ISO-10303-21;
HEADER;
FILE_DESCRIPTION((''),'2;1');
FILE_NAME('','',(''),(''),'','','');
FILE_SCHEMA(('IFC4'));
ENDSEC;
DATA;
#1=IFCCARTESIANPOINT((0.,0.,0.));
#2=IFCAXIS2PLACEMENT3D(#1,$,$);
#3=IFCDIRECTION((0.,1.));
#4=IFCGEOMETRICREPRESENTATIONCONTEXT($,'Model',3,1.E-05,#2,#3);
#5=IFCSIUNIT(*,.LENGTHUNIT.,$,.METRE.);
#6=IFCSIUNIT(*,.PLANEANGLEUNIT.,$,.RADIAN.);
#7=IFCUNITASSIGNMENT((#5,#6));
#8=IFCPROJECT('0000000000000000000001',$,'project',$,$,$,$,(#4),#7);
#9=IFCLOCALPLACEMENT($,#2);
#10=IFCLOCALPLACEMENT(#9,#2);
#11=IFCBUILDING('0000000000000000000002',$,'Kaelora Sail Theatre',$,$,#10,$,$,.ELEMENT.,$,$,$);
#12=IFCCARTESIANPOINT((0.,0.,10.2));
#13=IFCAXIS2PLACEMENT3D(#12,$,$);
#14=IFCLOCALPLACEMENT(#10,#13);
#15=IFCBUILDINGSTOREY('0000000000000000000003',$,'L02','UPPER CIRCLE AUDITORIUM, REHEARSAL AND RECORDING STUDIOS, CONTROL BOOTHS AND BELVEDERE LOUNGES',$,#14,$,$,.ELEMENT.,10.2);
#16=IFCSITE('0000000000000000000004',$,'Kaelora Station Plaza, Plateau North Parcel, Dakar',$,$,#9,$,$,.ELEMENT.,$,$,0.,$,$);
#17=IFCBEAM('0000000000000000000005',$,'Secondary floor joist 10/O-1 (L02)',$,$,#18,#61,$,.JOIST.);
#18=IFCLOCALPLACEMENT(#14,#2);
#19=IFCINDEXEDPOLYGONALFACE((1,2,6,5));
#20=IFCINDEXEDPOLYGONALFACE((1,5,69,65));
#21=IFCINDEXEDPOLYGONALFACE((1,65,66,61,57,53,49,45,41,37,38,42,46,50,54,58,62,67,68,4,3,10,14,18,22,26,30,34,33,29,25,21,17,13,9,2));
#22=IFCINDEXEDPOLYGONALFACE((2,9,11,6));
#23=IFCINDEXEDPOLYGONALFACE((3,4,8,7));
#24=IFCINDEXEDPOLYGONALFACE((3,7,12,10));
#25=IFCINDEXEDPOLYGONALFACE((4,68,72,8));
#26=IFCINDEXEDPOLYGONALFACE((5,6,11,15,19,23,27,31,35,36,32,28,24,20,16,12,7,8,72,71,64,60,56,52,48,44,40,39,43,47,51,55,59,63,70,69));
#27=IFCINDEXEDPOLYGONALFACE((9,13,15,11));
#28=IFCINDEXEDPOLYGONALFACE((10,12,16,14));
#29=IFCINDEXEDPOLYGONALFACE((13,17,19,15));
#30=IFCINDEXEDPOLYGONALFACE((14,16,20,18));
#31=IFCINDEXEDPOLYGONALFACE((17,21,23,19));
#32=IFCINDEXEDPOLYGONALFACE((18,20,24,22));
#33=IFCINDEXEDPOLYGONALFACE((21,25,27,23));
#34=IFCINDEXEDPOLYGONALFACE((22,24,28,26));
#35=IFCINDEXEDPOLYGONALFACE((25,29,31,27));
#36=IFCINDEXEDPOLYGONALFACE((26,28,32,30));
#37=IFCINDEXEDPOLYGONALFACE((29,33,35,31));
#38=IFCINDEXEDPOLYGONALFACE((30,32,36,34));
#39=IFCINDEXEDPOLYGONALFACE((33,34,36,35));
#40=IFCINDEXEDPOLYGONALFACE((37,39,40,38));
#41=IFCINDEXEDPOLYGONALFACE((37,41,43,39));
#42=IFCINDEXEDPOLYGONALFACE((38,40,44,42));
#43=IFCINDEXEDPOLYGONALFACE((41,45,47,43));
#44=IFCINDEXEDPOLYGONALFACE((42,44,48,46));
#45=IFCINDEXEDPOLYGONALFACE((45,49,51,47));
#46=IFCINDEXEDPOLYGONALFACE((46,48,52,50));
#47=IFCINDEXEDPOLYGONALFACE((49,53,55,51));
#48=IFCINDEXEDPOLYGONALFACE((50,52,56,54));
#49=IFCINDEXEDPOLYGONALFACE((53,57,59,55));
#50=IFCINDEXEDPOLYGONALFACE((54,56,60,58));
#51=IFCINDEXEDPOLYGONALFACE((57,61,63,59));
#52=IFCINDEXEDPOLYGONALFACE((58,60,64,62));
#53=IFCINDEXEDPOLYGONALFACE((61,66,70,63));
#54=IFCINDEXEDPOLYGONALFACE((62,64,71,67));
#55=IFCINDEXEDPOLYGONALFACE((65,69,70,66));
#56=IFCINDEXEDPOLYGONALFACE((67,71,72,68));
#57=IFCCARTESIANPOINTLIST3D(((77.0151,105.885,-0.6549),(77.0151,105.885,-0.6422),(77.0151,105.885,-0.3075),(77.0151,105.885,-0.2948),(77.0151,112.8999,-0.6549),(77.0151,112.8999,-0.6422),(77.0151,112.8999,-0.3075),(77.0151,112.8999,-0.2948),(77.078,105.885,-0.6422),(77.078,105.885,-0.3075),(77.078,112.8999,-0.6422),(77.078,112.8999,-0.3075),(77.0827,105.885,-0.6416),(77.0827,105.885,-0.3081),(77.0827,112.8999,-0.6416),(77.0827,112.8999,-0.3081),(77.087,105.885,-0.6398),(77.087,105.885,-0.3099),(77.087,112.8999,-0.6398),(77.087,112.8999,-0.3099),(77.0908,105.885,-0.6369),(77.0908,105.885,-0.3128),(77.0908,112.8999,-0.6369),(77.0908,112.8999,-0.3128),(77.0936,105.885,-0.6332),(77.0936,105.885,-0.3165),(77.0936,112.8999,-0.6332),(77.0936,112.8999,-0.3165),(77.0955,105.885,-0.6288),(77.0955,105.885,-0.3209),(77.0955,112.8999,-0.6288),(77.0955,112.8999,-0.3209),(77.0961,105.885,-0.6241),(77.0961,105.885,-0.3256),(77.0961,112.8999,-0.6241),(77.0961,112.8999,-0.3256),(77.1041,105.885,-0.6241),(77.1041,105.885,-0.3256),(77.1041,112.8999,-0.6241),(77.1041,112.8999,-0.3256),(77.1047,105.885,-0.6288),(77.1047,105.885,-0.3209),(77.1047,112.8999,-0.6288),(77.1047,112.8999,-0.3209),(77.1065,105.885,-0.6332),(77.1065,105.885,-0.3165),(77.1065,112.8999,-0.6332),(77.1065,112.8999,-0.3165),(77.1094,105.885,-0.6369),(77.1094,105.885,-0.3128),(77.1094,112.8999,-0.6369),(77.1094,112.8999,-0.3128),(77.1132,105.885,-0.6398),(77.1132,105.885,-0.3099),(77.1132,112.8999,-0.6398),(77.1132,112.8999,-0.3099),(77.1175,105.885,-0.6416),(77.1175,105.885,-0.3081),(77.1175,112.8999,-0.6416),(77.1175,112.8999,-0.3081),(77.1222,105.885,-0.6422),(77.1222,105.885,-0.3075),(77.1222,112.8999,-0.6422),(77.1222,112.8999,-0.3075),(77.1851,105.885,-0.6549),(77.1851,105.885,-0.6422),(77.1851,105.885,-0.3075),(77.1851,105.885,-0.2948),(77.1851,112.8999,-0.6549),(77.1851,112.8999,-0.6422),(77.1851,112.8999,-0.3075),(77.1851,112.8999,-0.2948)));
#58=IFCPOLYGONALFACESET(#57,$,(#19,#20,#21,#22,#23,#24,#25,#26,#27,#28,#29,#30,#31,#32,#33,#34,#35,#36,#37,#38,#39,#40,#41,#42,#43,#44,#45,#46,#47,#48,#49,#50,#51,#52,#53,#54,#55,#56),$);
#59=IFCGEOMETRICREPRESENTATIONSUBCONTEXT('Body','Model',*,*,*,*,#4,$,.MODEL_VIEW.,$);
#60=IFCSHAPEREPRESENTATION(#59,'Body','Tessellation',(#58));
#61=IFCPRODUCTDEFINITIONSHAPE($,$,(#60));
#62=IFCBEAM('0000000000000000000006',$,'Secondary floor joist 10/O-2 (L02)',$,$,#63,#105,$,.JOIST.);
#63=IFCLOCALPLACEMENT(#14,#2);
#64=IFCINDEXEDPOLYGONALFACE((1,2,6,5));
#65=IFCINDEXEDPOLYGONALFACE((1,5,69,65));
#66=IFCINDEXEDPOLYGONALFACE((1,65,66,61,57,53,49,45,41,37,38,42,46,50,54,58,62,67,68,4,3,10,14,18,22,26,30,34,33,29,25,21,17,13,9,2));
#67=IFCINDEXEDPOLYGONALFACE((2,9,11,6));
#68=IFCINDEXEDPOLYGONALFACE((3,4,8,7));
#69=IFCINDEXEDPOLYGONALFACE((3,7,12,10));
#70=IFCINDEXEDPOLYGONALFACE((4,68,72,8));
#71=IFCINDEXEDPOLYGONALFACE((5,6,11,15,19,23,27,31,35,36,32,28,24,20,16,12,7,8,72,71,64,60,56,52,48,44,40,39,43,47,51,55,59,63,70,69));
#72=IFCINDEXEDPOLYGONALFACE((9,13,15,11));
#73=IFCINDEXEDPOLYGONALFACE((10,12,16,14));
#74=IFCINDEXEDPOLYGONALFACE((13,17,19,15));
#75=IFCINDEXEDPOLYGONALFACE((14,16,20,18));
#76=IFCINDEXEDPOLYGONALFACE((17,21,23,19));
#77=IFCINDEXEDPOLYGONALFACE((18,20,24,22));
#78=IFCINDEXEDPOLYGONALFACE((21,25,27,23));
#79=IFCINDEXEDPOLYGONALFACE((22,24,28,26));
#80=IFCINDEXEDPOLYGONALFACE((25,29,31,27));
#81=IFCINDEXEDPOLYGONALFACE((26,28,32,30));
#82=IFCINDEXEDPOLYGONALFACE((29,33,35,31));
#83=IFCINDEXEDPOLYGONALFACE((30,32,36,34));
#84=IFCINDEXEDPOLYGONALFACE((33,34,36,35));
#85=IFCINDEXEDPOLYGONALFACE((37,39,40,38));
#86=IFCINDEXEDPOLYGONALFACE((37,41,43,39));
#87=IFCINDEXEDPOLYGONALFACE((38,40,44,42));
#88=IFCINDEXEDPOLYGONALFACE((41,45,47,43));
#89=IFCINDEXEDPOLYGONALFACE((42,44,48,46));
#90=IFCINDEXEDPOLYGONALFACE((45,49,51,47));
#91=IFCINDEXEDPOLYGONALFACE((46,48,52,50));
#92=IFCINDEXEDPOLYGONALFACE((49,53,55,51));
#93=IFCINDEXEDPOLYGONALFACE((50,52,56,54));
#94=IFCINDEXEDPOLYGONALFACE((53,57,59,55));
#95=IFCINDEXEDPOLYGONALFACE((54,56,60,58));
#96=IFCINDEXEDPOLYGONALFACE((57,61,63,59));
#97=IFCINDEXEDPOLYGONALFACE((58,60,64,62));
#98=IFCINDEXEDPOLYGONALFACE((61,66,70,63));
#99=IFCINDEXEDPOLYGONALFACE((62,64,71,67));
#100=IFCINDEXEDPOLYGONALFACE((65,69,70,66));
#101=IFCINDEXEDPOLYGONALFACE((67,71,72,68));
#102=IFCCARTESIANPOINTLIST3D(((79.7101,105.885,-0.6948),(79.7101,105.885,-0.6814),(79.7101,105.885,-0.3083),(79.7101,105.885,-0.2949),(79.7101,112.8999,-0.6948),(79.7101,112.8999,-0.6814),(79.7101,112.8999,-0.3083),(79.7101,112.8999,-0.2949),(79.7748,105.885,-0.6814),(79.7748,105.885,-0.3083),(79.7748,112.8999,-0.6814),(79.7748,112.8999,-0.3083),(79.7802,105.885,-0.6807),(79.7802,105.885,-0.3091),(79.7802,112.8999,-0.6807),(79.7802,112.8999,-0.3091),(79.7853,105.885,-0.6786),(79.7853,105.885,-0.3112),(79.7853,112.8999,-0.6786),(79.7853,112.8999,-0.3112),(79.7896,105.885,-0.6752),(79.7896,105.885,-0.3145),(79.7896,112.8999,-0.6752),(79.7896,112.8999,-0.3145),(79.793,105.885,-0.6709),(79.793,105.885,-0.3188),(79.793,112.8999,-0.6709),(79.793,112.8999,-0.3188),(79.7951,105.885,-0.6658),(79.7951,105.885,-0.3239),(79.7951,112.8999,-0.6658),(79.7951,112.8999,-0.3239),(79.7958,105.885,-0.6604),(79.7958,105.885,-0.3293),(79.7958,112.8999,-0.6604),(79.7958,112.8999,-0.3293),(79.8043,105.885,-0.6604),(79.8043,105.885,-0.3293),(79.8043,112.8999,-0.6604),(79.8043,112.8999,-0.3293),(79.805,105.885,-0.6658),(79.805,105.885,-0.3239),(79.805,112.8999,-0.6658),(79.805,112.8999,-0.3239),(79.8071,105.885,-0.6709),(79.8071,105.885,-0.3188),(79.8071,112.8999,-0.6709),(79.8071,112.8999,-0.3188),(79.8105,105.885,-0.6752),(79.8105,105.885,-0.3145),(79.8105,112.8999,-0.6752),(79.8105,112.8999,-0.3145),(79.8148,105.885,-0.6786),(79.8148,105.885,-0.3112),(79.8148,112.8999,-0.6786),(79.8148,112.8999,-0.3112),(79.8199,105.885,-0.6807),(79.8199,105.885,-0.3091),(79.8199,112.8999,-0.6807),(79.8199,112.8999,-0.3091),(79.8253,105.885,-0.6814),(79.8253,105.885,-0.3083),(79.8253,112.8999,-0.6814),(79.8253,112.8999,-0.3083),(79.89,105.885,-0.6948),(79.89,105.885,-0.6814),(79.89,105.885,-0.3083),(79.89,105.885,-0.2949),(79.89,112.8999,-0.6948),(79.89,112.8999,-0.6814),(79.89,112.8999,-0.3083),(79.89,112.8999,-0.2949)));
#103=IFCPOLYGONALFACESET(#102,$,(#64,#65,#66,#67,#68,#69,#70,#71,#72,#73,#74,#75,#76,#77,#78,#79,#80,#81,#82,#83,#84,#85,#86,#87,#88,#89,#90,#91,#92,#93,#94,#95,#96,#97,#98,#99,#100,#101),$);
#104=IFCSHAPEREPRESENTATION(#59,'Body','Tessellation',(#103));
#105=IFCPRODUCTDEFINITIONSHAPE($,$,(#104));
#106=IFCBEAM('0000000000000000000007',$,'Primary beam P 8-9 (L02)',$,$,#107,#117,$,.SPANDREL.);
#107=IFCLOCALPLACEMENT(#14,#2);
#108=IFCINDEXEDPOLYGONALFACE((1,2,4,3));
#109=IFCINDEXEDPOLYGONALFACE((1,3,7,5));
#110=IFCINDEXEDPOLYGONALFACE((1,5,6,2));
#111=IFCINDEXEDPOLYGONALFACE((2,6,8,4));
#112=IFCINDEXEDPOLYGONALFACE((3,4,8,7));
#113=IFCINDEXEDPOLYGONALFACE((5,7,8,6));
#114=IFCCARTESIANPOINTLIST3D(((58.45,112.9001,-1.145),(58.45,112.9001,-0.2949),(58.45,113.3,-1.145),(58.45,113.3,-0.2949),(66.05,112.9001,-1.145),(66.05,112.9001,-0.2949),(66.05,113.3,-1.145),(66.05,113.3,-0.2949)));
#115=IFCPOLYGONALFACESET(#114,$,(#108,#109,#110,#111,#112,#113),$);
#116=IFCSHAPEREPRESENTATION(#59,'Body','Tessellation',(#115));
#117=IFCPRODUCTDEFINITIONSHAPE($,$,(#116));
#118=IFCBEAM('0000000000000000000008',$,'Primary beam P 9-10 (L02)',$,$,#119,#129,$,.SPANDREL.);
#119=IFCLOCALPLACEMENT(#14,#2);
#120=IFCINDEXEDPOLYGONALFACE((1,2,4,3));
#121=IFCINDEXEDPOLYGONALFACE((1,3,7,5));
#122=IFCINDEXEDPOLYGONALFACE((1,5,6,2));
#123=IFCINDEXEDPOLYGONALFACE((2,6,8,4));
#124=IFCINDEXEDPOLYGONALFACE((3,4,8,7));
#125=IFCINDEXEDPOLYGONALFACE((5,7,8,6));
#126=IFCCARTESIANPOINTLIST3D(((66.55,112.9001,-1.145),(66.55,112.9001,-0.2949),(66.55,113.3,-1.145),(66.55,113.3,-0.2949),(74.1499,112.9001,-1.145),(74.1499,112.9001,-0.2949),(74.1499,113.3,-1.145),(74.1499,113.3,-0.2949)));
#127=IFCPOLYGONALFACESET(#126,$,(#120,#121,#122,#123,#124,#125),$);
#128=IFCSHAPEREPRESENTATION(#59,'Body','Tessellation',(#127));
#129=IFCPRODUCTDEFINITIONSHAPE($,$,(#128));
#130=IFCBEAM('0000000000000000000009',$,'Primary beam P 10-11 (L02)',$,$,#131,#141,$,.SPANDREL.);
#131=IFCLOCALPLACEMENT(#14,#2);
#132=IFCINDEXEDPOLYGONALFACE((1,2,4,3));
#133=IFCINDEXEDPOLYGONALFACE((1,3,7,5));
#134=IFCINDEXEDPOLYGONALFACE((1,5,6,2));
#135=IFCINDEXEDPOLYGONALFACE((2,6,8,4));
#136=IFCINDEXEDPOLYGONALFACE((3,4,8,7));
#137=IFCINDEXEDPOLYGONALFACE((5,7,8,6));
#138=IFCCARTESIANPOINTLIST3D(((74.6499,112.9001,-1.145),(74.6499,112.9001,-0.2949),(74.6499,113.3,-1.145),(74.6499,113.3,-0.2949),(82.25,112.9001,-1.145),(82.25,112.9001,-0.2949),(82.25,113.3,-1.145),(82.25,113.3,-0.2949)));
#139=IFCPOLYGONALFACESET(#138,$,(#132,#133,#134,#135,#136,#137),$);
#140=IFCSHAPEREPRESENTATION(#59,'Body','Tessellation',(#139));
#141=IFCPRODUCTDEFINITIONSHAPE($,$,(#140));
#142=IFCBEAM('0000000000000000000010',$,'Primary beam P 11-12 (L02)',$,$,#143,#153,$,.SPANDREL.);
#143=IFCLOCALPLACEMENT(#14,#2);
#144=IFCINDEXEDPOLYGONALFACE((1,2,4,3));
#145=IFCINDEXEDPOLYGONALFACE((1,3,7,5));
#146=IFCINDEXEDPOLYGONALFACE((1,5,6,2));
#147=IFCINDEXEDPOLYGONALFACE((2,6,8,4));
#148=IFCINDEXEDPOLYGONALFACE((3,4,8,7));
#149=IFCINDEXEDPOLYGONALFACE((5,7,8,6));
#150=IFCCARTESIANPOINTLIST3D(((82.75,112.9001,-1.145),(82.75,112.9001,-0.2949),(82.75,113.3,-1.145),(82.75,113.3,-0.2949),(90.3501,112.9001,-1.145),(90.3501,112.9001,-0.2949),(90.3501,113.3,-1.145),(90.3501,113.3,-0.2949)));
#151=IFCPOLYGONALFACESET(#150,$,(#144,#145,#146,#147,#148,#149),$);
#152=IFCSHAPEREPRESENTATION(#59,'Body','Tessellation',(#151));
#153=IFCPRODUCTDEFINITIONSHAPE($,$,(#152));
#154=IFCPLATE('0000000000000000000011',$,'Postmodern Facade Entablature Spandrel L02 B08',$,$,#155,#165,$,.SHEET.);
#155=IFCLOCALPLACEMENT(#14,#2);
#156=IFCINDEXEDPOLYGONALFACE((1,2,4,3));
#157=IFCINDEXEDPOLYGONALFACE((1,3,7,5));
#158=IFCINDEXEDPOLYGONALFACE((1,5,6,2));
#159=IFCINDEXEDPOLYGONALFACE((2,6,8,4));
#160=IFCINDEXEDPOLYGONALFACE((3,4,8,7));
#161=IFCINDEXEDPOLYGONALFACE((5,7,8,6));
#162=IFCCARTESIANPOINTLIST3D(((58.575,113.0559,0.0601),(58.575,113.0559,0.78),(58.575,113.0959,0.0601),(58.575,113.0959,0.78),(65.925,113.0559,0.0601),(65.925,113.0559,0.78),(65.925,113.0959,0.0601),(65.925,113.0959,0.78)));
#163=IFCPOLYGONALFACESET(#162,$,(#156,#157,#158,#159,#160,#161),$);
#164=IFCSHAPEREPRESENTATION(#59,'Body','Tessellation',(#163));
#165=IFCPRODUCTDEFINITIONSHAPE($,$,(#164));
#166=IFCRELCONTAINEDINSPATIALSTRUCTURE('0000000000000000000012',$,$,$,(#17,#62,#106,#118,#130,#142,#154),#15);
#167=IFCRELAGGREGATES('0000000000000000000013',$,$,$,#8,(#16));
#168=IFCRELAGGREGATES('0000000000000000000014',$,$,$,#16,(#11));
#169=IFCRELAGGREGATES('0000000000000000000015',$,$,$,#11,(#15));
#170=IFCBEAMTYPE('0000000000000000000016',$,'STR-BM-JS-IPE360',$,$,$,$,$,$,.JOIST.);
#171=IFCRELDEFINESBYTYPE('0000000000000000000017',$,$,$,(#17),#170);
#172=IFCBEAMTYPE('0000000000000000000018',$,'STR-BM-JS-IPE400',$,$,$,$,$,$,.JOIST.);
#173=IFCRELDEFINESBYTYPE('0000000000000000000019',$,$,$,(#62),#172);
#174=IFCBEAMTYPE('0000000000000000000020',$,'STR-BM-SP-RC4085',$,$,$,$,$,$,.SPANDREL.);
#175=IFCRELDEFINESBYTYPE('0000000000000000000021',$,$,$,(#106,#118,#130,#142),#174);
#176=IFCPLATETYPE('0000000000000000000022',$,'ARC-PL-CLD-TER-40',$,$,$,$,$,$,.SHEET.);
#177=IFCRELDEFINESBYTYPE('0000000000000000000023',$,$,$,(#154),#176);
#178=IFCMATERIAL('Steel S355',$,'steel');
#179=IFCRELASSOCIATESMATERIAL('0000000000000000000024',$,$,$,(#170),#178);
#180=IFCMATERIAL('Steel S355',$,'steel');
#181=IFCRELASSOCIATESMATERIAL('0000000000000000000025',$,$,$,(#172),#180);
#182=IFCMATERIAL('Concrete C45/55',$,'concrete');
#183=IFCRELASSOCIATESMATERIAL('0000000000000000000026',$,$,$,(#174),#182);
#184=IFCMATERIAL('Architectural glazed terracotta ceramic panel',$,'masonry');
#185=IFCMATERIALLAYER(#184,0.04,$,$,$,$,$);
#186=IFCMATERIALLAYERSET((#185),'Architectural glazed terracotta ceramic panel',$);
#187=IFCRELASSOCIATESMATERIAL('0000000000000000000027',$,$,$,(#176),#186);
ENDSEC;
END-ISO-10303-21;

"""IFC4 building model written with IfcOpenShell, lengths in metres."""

from ifc_helpers import new_model, si_unit, direction, frame, origin, origin_2d, place, context, subcontext, project, spatial, rectangle, i_section, extrude, material, layer, layer_set, material_profile, profile_set, type_object, element, save


model = new_model("IFC4")

# Units and contexts
model_context = context("Model", 3, precision=1e-05, world=origin(), true_north=direction((0.0, 1.0)))
body_context = subcontext(model_context, "Body", "Model", "MODEL_VIEW")
ifc_project = project(units=[si_unit("LENGTHUNIT", "METRE"), si_unit("PLANEANGLEUNIT", "RADIAN")], contexts=[model_context])

# Site, building, storey
site_placement = place(None, origin())
site = spatial("IfcSite", under=ifc_project, at=site_placement, Name="Kaelora Station Plaza, Plateau North Parcel, Dakar", CompositionType="ELEMENT", RefElevation=0.0)
building_placement = place(site_placement, origin())
building = spatial("IfcBuilding", under=site, at=building_placement, Name="Kaelora Sail Theatre", CompositionType="ELEMENT")
storey_placement = place(building_placement, frame((0.0, 0.0, 10.2)))
storey = spatial("IfcBuildingStorey", under=building, at=storey_placement, Name="L02", Description="UPPER CIRCLE AUDITORIUM, REHEARSAL AND RECORDING STUDIOS, CONTROL BOOTHS AND BELVEDERE LOUNGES", CompositionType="ELEMENT", Elevation=10.2)

# Beams
ifc_material_1 = material(Name="Steel S355", Category="steel")
ifc_material_profile_1 = material_profile(ifc_material_1, i_section(OverallWidth=0.1699, OverallDepth=0.3601, WebThickness=0.0081, FlangeThickness=0.0127, FilletRadius=0.0181, at=origin_2d()), Name="IPE 360")
ifc_profile_set_1 = profile_set([ifc_material_profile_1], Name="Steel S355")
beam_type_1 = type_object("IfcBeamType", Name="STR-BM-JS-IPE360", PredefinedType="JOIST", material=ifc_profile_set_1)
beam_1_placement = place(storey_placement, frame((77.1001, 105.885, -0.4749), z_axis=(0.0, 1.0, 0.0), x_axis=(-1.0, 0.0, 0.0)))
element("IfcBeam", 1, at=beam_1_placement, inside=storey, type_object=beam_type_1, Name="Secondary floor joist 10/O-1 (L02)", PredefinedType="JOIST", context=body_context, shape_type="SweptSolid", body=[
    extrude(i_section(OverallWidth=0.1699, OverallDepth=0.3601, WebThickness=0.0081, FlangeThickness=0.0127, FilletRadius=0.0181, at=origin_2d()), origin(), (0.0, 0.0, 1.0), 7.0149),
])
ifc_material_2 = material(Name="Steel S355", Category="steel")
ifc_material_profile_2 = material_profile(ifc_material_2, i_section(OverallWidth=0.1799, OverallDepth=0.3999, WebThickness=0.0085, FlangeThickness=0.0134, FilletRadius=0.021, at=origin_2d()), Name="IPE 400")
ifc_profile_set_2 = profile_set([ifc_material_profile_2], Name="Steel S355")
beam_type_2 = type_object("IfcBeamType", Name="STR-BM-JS-IPE400", PredefinedType="JOIST", material=ifc_profile_set_2)
beam_2_placement = place(storey_placement, frame((79.8, 105.885, -0.4949), z_axis=(0.0, 1.0, 0.0), x_axis=(-1.0, 0.0, 0.0)))
element("IfcBeam", 2, at=beam_2_placement, inside=storey, type_object=beam_type_2, Name="Secondary floor joist 10/O-2 (L02)", PredefinedType="JOIST", context=body_context, shape_type="SweptSolid", body=[
    extrude(i_section(OverallWidth=0.1799, OverallDepth=0.3999, WebThickness=0.0085, FlangeThickness=0.0134, FilletRadius=0.021, at=origin_2d()), origin(), (0.0, 0.0, 1.0), 7.0149),
])
ifc_material_3 = material(Name="Concrete C45/55", Category="concrete")
ifc_material_profile_3 = material_profile(ifc_material_3, rectangle(XDim=0.3999, YDim=0.8501, at=origin_2d()), Name="RC-SPN 400x850")
ifc_profile_set_3 = profile_set([ifc_material_profile_3], Name="Concrete C45/55")
beam_type_3 = type_object("IfcBeamType", Name="STR-BM-SP-RC4085", PredefinedType="SPANDREL", material=ifc_profile_set_3)
beam_3_placement = place(storey_placement, frame((58.45, 113.1001, -0.72), z_axis=(1.0, 0.0, 0.0), x_axis=(0.0, 1.0, 0.0)))
element("IfcBeam", 3, at=beam_3_placement, inside=storey, type_object=beam_type_3, Name="Primary beam P 8-9 (L02)", PredefinedType="SPANDREL", context=body_context, shape_type="SweptSolid", body=[
    extrude(rectangle(XDim=0.3999, YDim=0.8501, at=origin_2d()), origin(), (0.0, 0.0, 1.0), 7.6001),
])
beam_4_placement = place(storey_placement, frame((66.55, 113.1001, -0.72), z_axis=(1.0, 0.0, 0.0), x_axis=(0.0, 1.0, 0.0)))
element("IfcBeam", 4, at=beam_4_placement, inside=storey, type_object=beam_type_3, Name="Primary beam P 9-10 (L02)", PredefinedType="SPANDREL", context=body_context, shape_type="SweptSolid", body=[
    extrude(rectangle(XDim=0.3999, YDim=0.8501, at=origin_2d()), origin(), (0.0, 0.0, 1.0), 7.5999),
])
for number, where, z_axis, x_axis, name in (
    (5, (74.6499, 113.1001, -0.72), (1.0, 0.0, 0.0), (0.0, 1.0, 0.0), "Primary beam P 10-11 (L02)"),
    (6, (82.75, 113.1001, -0.72), (1.0, 0.0, 0.0), (0.0, 1.0, 0.0), "Primary beam P 11-12 (L02)"),
):
    element("IfcBeam", number, at=place(storey_placement, frame(where, z_axis=z_axis, x_axis=x_axis)), inside=storey, type_object=beam_type_3, Name=name, PredefinedType="SPANDREL", context=body_context, shape_type="SweptSolid", body=[
        extrude(rectangle(XDim=0.3999, YDim=0.8501, at=origin_2d()), origin(), (0.0, 0.0, 1.0), 7.6001),
    ])

# Plate
ifc_material_4 = material(Name="Architectural glazed terracotta ceramic panel", Category="masonry")
ifc_layer_1 = layer(ifc_material_4, 0.04)
ifc_layer_set_1 = layer_set([ifc_layer_1], Name="Architectural glazed terracotta ceramic panel")
plate_type = type_object("IfcPlateType", Name="ARC-PL-CLD-TER-40", PredefinedType="SHEET", material=ifc_layer_set_1)
plate_placement = place(storey_placement, frame((62.25, 113.0759, 0.0601), z_axis=(0.0, 0.0, 1.0), x_axis=(1.0, 0.0, 0.0)))
element("IfcPlate", 7, at=plate_placement, inside=storey, type_object=plate_type, Name="Postmodern Facade Entablature Spandrel L02 B08", PredefinedType="SHEET", context=body_context, shape_type="SweptSolid", body=[
    extrude(rectangle(XDim=7.3501, YDim=0.04, at=origin_2d()), origin(), (0.0, 0.0, 1.0), 0.72),
])

save(model, "model.ifc")
